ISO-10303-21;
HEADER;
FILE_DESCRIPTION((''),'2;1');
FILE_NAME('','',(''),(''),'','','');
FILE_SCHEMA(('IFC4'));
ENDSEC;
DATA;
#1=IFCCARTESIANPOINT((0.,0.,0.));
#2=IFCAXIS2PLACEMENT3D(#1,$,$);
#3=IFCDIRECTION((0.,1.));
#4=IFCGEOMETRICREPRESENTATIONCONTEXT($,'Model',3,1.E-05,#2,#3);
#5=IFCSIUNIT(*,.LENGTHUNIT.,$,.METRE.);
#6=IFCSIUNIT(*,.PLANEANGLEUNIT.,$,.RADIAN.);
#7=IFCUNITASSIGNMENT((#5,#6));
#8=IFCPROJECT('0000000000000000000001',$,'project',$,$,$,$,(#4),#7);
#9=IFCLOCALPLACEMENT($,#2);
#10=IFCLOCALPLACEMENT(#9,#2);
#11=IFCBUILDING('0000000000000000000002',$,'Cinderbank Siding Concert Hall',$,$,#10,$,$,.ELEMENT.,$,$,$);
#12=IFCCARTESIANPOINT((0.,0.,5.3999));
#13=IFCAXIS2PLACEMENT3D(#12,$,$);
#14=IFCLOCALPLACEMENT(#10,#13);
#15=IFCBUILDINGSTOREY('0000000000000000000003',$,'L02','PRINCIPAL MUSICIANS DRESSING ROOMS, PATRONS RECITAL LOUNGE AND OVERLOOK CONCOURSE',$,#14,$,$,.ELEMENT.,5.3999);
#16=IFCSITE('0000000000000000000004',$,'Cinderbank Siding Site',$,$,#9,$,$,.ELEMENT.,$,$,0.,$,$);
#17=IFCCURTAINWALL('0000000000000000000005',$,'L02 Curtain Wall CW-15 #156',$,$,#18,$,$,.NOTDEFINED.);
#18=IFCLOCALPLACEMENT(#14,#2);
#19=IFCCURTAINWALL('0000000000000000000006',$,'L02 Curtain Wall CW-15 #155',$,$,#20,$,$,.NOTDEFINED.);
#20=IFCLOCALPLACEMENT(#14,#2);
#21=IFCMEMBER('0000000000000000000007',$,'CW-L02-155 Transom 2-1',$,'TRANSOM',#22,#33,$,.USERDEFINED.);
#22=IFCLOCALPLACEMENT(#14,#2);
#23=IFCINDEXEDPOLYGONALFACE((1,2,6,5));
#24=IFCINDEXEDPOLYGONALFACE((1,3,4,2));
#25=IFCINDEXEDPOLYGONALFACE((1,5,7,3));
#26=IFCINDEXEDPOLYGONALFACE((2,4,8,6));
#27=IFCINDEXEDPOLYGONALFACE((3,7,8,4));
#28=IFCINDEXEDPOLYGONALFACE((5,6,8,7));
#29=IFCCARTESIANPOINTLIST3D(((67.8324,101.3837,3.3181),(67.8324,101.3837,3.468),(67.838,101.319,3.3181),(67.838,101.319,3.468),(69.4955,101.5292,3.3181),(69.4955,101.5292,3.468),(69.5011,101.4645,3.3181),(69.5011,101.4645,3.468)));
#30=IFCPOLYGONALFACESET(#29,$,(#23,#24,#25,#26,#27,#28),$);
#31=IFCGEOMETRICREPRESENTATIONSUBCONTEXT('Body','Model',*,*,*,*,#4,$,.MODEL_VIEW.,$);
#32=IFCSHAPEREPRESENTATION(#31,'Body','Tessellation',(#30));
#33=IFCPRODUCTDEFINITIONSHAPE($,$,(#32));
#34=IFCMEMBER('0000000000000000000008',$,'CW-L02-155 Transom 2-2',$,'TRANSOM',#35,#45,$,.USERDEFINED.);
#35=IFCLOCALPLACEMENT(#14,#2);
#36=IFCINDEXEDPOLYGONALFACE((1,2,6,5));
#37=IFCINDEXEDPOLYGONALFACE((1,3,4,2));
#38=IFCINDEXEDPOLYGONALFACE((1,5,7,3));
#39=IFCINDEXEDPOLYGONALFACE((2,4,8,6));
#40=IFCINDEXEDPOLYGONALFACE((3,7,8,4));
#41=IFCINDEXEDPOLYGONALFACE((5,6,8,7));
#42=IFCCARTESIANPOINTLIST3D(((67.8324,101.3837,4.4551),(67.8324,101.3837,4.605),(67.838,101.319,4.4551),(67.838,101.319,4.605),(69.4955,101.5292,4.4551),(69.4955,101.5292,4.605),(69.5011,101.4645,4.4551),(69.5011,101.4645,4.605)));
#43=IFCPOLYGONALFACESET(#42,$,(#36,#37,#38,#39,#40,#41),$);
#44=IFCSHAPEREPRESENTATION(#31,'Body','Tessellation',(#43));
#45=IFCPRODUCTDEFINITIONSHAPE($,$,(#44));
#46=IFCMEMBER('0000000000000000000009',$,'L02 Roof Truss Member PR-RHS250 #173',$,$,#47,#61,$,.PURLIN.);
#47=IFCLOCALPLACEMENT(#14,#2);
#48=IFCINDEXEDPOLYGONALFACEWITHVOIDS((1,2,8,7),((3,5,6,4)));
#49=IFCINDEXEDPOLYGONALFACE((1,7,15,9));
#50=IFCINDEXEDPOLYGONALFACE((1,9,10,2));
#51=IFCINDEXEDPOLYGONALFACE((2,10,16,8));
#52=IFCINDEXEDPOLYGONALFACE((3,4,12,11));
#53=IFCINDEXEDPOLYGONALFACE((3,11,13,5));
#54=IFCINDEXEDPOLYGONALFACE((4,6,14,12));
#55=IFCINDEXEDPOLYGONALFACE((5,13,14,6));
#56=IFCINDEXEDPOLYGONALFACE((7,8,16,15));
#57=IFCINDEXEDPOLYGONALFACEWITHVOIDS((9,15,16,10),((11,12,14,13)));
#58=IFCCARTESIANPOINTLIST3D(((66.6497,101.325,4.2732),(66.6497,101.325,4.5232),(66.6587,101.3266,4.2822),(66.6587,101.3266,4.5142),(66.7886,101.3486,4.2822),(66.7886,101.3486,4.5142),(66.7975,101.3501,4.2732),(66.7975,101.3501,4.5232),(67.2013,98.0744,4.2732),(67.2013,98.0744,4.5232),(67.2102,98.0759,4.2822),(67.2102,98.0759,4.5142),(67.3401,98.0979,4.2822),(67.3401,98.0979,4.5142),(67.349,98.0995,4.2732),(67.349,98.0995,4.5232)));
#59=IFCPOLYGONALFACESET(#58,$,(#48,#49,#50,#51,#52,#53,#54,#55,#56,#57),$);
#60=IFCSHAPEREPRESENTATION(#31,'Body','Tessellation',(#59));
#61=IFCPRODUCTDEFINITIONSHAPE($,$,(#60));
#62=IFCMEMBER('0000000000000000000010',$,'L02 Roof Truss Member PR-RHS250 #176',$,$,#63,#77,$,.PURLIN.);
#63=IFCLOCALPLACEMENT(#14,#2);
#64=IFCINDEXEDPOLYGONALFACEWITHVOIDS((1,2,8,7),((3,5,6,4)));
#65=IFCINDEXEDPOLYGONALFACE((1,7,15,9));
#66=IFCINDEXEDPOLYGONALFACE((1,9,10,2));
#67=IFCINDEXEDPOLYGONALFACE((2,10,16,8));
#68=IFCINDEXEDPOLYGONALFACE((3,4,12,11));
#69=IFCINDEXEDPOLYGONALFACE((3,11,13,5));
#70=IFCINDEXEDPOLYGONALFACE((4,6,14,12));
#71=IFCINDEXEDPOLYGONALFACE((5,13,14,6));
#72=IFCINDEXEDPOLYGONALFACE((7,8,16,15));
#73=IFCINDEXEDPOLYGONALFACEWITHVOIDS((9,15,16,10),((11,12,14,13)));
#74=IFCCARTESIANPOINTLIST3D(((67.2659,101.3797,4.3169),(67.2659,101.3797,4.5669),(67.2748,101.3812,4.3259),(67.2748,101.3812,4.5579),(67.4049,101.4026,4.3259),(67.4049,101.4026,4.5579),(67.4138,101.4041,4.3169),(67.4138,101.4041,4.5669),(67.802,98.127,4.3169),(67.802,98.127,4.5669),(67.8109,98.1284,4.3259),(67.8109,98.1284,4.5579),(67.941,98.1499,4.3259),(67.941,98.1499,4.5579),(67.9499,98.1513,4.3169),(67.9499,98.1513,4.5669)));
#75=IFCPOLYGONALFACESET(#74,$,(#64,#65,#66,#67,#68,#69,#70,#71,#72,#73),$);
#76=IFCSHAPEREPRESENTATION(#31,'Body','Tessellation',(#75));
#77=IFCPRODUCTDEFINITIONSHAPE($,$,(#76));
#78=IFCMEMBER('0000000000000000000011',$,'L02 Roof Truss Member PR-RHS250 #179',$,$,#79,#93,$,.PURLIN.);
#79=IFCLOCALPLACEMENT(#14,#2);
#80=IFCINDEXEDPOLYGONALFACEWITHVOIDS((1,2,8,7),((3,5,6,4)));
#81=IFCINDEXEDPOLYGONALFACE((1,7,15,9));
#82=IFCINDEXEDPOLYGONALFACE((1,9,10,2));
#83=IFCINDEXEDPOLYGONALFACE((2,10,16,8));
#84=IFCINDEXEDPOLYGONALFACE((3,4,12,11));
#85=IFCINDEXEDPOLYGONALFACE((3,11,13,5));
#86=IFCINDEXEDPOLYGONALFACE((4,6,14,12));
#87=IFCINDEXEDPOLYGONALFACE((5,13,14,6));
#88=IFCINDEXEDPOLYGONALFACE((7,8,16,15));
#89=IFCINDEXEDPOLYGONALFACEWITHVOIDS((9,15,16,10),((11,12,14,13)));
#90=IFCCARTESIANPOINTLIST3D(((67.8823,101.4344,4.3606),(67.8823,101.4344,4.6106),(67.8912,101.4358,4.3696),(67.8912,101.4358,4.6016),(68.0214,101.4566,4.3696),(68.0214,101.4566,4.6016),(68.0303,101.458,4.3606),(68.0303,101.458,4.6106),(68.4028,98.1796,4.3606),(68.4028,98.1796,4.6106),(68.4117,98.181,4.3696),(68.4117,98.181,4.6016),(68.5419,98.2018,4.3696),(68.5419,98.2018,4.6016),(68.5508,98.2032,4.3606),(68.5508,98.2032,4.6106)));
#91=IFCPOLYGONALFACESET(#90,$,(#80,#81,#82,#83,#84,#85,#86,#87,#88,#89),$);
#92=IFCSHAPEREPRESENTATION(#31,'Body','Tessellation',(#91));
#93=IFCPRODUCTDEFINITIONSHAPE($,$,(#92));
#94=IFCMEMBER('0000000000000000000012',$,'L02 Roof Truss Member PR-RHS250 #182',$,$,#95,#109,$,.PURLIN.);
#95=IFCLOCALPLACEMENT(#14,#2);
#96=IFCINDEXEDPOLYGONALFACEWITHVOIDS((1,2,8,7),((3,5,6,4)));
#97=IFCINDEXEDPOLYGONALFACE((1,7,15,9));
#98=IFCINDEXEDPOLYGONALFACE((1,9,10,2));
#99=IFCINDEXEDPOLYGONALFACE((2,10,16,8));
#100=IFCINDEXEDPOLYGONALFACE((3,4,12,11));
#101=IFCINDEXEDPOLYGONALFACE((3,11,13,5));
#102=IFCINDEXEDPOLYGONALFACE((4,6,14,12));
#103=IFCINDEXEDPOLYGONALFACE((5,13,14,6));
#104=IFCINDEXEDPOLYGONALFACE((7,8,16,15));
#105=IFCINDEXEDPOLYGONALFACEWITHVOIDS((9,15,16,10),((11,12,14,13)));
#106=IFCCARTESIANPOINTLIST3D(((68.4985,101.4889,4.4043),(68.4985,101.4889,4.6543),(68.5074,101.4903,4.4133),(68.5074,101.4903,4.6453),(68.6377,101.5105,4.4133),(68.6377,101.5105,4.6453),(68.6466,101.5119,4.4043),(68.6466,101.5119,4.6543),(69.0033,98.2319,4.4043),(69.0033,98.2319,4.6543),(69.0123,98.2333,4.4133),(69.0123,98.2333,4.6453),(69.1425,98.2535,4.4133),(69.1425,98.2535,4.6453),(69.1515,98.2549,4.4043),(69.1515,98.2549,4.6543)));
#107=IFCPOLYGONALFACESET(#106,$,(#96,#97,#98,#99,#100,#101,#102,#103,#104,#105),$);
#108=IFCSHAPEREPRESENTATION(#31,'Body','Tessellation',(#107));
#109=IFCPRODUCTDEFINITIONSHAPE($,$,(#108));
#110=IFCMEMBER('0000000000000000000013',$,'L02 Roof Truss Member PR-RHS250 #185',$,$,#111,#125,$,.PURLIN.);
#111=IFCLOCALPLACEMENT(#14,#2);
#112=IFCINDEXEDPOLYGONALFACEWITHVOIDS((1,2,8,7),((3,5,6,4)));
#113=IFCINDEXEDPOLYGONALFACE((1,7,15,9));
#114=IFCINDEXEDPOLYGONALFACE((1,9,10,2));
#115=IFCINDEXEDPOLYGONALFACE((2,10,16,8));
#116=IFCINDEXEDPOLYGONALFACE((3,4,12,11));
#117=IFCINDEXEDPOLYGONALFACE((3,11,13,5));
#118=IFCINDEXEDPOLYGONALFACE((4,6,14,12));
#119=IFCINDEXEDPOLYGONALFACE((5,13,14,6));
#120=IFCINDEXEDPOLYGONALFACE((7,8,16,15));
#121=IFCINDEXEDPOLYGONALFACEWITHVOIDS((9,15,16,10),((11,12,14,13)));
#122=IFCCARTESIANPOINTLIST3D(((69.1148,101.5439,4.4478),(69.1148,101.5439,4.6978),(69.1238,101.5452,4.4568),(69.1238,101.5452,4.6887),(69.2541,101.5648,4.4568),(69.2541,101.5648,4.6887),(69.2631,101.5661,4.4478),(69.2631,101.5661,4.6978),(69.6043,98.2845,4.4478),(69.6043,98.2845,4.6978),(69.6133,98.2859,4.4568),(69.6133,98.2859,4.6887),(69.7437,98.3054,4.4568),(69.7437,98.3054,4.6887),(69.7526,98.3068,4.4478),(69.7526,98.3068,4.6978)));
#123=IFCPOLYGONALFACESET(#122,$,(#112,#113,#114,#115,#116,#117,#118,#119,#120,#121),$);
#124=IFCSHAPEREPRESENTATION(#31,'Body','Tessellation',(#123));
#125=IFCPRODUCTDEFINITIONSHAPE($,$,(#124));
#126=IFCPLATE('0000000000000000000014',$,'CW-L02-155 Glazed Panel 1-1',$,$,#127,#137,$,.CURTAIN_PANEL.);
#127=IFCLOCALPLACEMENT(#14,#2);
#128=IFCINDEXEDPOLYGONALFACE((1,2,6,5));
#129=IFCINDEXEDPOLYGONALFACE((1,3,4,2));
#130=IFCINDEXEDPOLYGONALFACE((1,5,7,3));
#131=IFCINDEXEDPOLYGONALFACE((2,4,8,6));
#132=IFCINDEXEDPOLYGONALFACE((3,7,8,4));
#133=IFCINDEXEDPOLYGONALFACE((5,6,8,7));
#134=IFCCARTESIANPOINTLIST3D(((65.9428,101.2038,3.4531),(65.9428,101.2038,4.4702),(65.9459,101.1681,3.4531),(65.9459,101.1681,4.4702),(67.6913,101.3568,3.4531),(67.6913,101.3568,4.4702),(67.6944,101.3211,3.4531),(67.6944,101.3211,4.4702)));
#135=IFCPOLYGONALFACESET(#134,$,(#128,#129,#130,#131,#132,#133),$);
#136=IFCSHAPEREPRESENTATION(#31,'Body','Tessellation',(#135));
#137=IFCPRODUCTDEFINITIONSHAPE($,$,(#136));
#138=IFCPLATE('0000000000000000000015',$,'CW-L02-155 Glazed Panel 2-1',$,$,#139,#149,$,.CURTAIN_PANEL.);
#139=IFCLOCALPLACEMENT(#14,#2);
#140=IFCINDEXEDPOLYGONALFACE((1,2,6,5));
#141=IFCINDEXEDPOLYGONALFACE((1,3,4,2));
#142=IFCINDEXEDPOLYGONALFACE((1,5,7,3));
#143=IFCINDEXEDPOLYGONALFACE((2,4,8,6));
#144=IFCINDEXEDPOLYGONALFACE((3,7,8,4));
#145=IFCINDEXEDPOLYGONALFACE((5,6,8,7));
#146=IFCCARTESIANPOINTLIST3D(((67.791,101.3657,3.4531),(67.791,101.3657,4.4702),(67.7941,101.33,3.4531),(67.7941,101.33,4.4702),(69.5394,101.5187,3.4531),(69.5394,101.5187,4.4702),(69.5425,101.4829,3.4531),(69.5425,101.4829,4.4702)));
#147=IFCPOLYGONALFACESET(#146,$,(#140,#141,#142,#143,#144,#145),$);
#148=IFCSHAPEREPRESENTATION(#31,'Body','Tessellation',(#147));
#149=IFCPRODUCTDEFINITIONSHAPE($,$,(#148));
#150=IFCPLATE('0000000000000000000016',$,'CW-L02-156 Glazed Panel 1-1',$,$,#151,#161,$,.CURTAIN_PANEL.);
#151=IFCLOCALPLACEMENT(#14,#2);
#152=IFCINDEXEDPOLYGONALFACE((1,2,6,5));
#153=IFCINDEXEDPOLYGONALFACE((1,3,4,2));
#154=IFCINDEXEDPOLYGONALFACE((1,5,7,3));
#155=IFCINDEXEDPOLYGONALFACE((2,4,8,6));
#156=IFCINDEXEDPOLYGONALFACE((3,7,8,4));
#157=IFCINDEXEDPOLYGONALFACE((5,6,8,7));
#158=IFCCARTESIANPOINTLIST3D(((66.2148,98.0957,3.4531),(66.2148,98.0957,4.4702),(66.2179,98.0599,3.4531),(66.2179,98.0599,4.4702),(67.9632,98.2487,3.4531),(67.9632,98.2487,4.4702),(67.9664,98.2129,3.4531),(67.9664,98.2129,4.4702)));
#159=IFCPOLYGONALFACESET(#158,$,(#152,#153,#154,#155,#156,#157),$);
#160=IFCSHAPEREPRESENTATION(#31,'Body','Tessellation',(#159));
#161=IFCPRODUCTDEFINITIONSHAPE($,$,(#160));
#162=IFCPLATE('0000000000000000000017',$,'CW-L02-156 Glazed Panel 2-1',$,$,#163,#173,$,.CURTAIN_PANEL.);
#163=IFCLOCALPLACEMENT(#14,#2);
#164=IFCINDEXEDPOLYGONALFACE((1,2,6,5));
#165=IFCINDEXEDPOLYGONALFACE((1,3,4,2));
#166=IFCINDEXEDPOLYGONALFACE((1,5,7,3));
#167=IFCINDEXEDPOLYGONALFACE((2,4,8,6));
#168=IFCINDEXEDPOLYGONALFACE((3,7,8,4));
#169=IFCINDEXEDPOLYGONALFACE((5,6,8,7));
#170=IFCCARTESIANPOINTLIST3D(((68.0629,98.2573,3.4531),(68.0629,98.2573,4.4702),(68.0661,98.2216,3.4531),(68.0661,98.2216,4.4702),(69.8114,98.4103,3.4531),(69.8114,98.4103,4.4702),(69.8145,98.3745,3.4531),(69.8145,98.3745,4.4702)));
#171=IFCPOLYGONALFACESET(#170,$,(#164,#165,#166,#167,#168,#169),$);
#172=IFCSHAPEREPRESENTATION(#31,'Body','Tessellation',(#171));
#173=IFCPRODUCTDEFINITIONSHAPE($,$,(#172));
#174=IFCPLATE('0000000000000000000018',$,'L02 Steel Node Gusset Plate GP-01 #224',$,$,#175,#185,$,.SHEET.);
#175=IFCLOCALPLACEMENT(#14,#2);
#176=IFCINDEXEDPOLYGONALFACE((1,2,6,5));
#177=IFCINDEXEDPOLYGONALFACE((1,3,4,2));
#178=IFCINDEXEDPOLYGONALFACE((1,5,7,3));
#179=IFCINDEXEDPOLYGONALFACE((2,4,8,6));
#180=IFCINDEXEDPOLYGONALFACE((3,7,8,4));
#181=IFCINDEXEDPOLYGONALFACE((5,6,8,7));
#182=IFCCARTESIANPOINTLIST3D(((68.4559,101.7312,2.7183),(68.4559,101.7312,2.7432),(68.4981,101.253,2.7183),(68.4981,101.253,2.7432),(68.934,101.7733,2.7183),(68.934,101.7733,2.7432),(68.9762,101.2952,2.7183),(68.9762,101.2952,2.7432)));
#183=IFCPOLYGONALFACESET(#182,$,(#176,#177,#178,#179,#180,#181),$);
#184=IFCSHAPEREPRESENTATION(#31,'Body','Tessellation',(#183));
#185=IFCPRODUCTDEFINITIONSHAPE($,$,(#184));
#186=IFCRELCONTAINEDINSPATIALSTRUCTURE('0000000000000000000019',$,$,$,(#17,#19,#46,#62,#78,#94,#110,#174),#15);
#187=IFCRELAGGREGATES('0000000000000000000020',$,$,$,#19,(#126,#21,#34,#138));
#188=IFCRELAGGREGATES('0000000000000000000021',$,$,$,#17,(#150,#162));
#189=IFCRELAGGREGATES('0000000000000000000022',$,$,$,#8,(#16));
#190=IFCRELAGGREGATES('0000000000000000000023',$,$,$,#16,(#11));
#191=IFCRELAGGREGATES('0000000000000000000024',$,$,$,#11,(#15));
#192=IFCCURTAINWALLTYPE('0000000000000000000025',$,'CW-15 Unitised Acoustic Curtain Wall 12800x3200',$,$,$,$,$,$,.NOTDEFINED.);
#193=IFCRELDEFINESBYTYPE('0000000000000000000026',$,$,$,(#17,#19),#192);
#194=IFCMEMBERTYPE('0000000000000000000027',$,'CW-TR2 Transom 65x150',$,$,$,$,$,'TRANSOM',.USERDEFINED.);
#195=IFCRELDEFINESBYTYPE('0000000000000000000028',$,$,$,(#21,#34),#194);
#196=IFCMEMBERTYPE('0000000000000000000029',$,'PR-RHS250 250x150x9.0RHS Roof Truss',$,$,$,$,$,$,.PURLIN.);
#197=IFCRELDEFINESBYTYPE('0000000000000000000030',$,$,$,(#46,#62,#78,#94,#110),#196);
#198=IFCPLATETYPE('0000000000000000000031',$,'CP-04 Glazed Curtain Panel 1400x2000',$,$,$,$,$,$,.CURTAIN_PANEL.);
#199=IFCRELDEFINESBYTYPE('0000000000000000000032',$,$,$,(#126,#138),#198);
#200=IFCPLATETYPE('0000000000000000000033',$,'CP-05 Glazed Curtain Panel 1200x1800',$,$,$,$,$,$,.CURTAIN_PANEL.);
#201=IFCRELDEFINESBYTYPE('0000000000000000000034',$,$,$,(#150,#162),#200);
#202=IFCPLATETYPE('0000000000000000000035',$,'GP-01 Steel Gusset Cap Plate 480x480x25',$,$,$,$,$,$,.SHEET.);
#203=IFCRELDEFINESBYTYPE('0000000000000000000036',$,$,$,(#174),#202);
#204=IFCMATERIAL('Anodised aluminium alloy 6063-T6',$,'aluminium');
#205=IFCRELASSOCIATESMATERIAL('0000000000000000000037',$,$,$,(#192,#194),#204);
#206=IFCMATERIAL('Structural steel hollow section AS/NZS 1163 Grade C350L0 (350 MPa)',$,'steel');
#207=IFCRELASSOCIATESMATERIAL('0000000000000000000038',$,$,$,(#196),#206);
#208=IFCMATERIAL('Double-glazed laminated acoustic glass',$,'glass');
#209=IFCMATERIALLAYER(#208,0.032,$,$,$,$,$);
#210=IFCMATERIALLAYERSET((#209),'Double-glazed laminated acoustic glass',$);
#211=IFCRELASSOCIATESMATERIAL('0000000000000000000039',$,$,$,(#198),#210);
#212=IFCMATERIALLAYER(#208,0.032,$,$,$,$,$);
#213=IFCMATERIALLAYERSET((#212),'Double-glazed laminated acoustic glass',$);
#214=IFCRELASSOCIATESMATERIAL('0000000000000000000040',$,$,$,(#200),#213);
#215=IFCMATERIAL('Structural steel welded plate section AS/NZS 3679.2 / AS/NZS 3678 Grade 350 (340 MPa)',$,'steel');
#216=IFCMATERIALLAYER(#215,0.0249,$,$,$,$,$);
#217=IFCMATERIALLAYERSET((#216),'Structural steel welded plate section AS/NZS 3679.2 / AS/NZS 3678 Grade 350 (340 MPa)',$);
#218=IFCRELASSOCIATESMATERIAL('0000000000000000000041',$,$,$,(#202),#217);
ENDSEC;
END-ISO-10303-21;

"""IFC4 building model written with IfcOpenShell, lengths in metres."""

from ifc_helpers import new_model, si_unit, direction, frame, origin, origin_2d, place, context, subcontext, project, spatial, rectangle, hollow_rectangle, extrude, material, layer, layer_set, material_profile, profile_set, type_object, element, aggregate, save


model = new_model("IFC4")

# Units and contexts
model_context = context("Model", 3, precision=1e-05, world=origin(), true_north=direction((0.0, 1.0)))
body_context = subcontext(model_context, "Body", "Model", "MODEL_VIEW")
ifc_project = project(units=[si_unit("LENGTHUNIT", "METRE"), si_unit("PLANEANGLEUNIT", "RADIAN")], contexts=[model_context])

# Site, building, storey
site_placement = place(None, origin())
site = spatial("IfcSite", under=ifc_project, at=site_placement, Name="Cinderbank Siding Site", CompositionType="ELEMENT", RefElevation=0.0)
building_placement = place(site_placement, origin())
building = spatial("IfcBuilding", under=site, at=building_placement, Name="Cinderbank Siding Concert Hall", CompositionType="ELEMENT")
storey_placement = place(building_placement, frame((0.0, 0.0, 5.3999)))
storey = spatial("IfcBuildingStorey", under=building, at=storey_placement, Name="L02", Description="PRINCIPAL MUSICIANS DRESSING ROOMS, PATRONS RECITAL LOUNGE AND OVERLOOK CONCOURSE", CompositionType="ELEMENT", Elevation=5.3999)

# Shared definitions
ifc_material_1 = material(Name="Structural steel hollow section AS/NZS 1163 Grade C350L0 (350 MPa)", Category="steel")

# Curtain walls, members
ifc_material_2 = material(Name="Anodised aluminium alloy 6063-T6", Category="aluminium")
curtain_wall_type = type_object("IfcCurtainWallType", Name="CW-15 Unitised Acoustic Curtain Wall 12800x3200", PredefinedType="NOTDEFINED", material=ifc_material_2)
curtain_wall_1_placement = place(storey_placement, origin())
curtain_wall_1 = element("IfcCurtainWall", 1, at=curtain_wall_1_placement, inside=storey, type_object=curtain_wall_type, Name="L02 Curtain Wall CW-15 #156", PredefinedType="NOTDEFINED")
curtain_wall_2_placement = place(storey_placement, origin())
curtain_wall_2 = element("IfcCurtainWall", 2, at=curtain_wall_2_placement, inside=storey, type_object=curtain_wall_type, Name="L02 Curtain Wall CW-15 #155", PredefinedType="NOTDEFINED")
ifc_material_profile_1 = material_profile(ifc_material_2, rectangle(XDim=0.0649, YDim=0.1499, at=origin_2d()), Name="ALU-TRAN-65x150", Category="LoadBearing")
ifc_profile_set_1 = profile_set([ifc_material_profile_1], Name="Anodised aluminium alloy 6063-T6")
member_type_1 = type_object("IfcMemberType", Name="CW-TR2 Transom 65x150", ElementType="TRANSOM", PredefinedType="USERDEFINED", material=ifc_profile_set_1)
member_1_placement = place(storey_placement, frame((67.8352, 101.3513, 3.3931), z_axis=(0.996194, 0.08716, 0.0), x_axis=(-0.08716, 0.996194, 0.0)))
member_1 = element("IfcMember", 3, at=member_1_placement, type_object=member_type_1, Name="CW-L02-155 Transom 2-1", ObjectType="TRANSOM", PredefinedType="USERDEFINED", context=body_context, shape_type="SweptSolid", body=[
    extrude(rectangle(XDim=0.0649, YDim=0.1499, at=origin_2d()), origin(), (0.0, 0.0, 1.0), 1.6694),
])
member_2_placement = place(storey_placement, frame((67.8352, 101.3513, 4.53), z_axis=(0.996194, 0.08716, 0.0), x_axis=(-0.08716, 0.996194, 0.0)))
member_2 = element("IfcMember", 4, at=member_2_placement, type_object=member_type_1, Name="CW-L02-155 Transom 2-2", ObjectType="TRANSOM", PredefinedType="USERDEFINED", context=body_context, shape_type="SweptSolid", body=[
    extrude(rectangle(XDim=0.0649, YDim=0.1499, at=origin_2d()), origin(), (0.0, 0.0, 1.0), 1.6694),
])

# Members
ifc_material_profile_2 = material_profile(ifc_material_1, hollow_rectangle(XDim=0.1499, YDim=0.25, WallThickness=0.009, at=origin_2d()), Name="250x150x9.0RHS", Category="LoadBearing")
ifc_profile_set_2 = profile_set([ifc_material_profile_2], Name="Structural steel hollow section AS/NZS 1163 Grade C350L0 (350 MPa)")
member_type_2 = type_object("IfcMemberType", Name="PR-RHS250 250x150x9.0RHS Roof Truss", PredefinedType="PURLIN", material=ifc_profile_set_2)
member_3_placement = place(storey_placement, frame((67.2751, 98.0869, 4.3982), z_axis=(-0.167268, 0.985911, 0.0), x_axis=(-0.985911, -0.167268, 0.0)))
element("IfcMember", 5, at=member_3_placement, inside=storey, type_object=member_type_2, Name="L02 Roof Truss Member PR-RHS250 #173", PredefinedType="PURLIN", context=body_context, shape_type="SweptSolid", body=[
    extrude(hollow_rectangle(XDim=0.1499, YDim=0.25, WallThickness=0.009, at=origin_2d()), origin(), (0.0, 0.0, 1.0), 3.2971),
])
member_4_placement = place(storey_placement, frame((67.876, 98.1392, 4.4419), z_axis=(-0.162633, 0.986687, 0.0), x_axis=(-0.986687, -0.162633, 0.0)))
element("IfcMember", 6, at=member_4_placement, inside=storey, type_object=member_type_2, Name="L02 Roof Truss Member PR-RHS250 #176", PredefinedType="PURLIN", context=body_context, shape_type="SweptSolid", body=[
    extrude(hollow_rectangle(XDim=0.1499, YDim=0.25, WallThickness=0.009, at=origin_2d()), origin(), (0.0, 0.0, 1.0), 3.2966),
])
member_5_placement = place(storey_placement, frame((68.4768, 98.1914, 4.4856), z_axis=(-0.15791, 0.987454, 0.0), x_axis=(-0.987454, -0.15791, 0.0)))
element("IfcMember", 7, at=member_5_placement, inside=storey, type_object=member_type_2, Name="L02 Roof Truss Member PR-RHS250 #179", PredefinedType="PURLIN", context=body_context, shape_type="SweptSolid", body=[
    extrude(hollow_rectangle(XDim=0.1499, YDim=0.25, WallThickness=0.009, at=origin_2d()), origin(), (0.0, 0.0, 1.0), 3.2961),
])
for number, where, z_axis, x_axis, name in (
    (8, (69.0774, 98.2434, 4.5293), (-0.153181, 0.988198, 0.0), (-0.988198, -0.153181, 0.0), "L02 Roof Truss Member PR-RHS250 #182"),
    (9, (69.6785, 98.2957, 4.5728), (-0.148522, 0.988909, 0.0), (-0.988909, -0.148522, 0.0), "L02 Roof Truss Member PR-RHS250 #185"),
):
    element("IfcMember", number, at=place(storey_placement, frame(where, z_axis=z_axis, x_axis=x_axis)), inside=storey, type_object=member_type_2, Name=name, PredefinedType="PURLIN", context=body_context, shape_type="SweptSolid", body=[
        extrude(hollow_rectangle(XDim=0.1499, YDim=0.25, WallThickness=0.009, at=origin_2d()), origin(), (0.0, 0.0, 1.0), 3.2959),
    ])

# Plates
ifc_material_3 = material(Name="Double-glazed laminated acoustic glass", Category="glass")
ifc_layer_1 = layer(ifc_material_3, 0.032)
ifc_layer_set_1 = layer_set([ifc_layer_1], Name="Double-glazed laminated acoustic glass")
plate_type_1 = type_object("IfcPlateType", Name="CP-04 Glazed Curtain Panel 1400x2000", PredefinedType="CURTAIN_PANEL", material=ifc_layer_set_1)
plate_1_placement = place(storey_placement, frame((66.8186, 101.2625, 3.4531), z_axis=(0.0, 0.0, 1.0), x_axis=(0.996195, 0.087157, 0.0)))
plate_1 = element("IfcPlate", 10, at=plate_1_placement, type_object=plate_type_1, Name="CW-L02-155 Glazed Panel 1-1", PredefinedType="CURTAIN_PANEL", context=body_context, shape_type="SweptSolid", body=[
    extrude(rectangle(XDim=1.7551, YDim=0.0359, at=origin_2d()), origin(), (0.0, 0.0, 1.0), 1.0171),
])
plate_2_placement = place(storey_placement, frame((68.6667, 101.4243, 3.4531), z_axis=(0.0, 0.0, 1.0), x_axis=(0.996195, 0.087157, 0.0)))
plate_2 = element("IfcPlate", 11, at=plate_2_placement, type_object=plate_type_1, Name="CW-L02-155 Glazed Panel 2-1", PredefinedType="CURTAIN_PANEL", context=body_context, shape_type="SweptSolid", body=[
    extrude(rectangle(XDim=1.7551, YDim=0.0359, at=origin_2d()), origin(), (0.0, 0.0, 1.0), 1.0171),
])
aggregate(curtain_wall_2, [plate_1, member_1, member_2, plate_2])
ifc_layer_2 = layer(ifc_material_3, 0.032)
ifc_layer_set_2 = layer_set([ifc_layer_2], Name="Double-glazed laminated acoustic glass")
plate_type_2 = type_object("IfcPlateType", Name="CP-05 Glazed Curtain Panel 1200x1800", PredefinedType="CURTAIN_PANEL", material=ifc_layer_set_2)
plate_3_placement = place(storey_placement, frame((67.0906, 98.1543, 3.4531), z_axis=(0.0, 0.0, 1.0), x_axis=(0.996195, 0.087157, 0.0)))
plate_3 = element("IfcPlate", 12, at=plate_3_placement, type_object=plate_type_2, Name="CW-L02-156 Glazed Panel 1-1", PredefinedType="CURTAIN_PANEL", context=body_context, shape_type="SweptSolid", body=[
    extrude(rectangle(XDim=1.7551, YDim=0.0359, at=origin_2d()), origin(), (0.0, 0.0, 1.0), 1.0171),
])
plate_4_placement = place(storey_placement, frame((68.9387, 98.3159, 3.4531), z_axis=(0.0, 0.0, 1.0), x_axis=(0.996195, 0.087157, 0.0)))
plate_4 = element("IfcPlate", 13, at=plate_4_placement, type_object=plate_type_2, Name="CW-L02-156 Glazed Panel 2-1", PredefinedType="CURTAIN_PANEL", context=body_context, shape_type="SweptSolid", body=[
    extrude(rectangle(XDim=1.7551, YDim=0.0359, at=origin_2d()), origin(), (0.0, 0.0, 1.0), 1.0171),
])
aggregate(curtain_wall_1, [plate_3, plate_4])

# Plate
ifc_material_4 = material(Name="Structural steel welded plate section AS/NZS 3679.2 / AS/NZS 3678 Grade 350 (340 MPa)", Category="steel")
ifc_layer_3 = layer(ifc_material_4, 0.0249)
ifc_layer_set_3 = layer_set([ifc_layer_3], Name="Structural steel welded plate section AS/NZS 3679.2 / AS/NZS 3678 Grade 350 (340 MPa)")
plate_type_3 = type_object("IfcPlateType", Name="GP-01 Steel Gusset Cap Plate 480x480x25", PredefinedType="SHEET", material=ifc_layer_set_3)
plate_5_placement = place(storey_placement, frame((68.7161, 101.5132, 2.7183), z_axis=(0.0, 0.0, 1.0), x_axis=(0.996134, 0.087851, 0.0)))
element("IfcPlate", 14, at=plate_5_placement, inside=storey, type_object=plate_type_3, Name="L02 Steel Node Gusset Plate GP-01 #224", PredefinedType="SHEET", context=body_context, shape_type="SweptSolid", body=[
    extrude(rectangle(XDim=0.48, YDim=0.48, at=origin_2d()), origin(), (0.0, 0.0, 1.0), 0.0249),
])

save(model, "model.ifc")
